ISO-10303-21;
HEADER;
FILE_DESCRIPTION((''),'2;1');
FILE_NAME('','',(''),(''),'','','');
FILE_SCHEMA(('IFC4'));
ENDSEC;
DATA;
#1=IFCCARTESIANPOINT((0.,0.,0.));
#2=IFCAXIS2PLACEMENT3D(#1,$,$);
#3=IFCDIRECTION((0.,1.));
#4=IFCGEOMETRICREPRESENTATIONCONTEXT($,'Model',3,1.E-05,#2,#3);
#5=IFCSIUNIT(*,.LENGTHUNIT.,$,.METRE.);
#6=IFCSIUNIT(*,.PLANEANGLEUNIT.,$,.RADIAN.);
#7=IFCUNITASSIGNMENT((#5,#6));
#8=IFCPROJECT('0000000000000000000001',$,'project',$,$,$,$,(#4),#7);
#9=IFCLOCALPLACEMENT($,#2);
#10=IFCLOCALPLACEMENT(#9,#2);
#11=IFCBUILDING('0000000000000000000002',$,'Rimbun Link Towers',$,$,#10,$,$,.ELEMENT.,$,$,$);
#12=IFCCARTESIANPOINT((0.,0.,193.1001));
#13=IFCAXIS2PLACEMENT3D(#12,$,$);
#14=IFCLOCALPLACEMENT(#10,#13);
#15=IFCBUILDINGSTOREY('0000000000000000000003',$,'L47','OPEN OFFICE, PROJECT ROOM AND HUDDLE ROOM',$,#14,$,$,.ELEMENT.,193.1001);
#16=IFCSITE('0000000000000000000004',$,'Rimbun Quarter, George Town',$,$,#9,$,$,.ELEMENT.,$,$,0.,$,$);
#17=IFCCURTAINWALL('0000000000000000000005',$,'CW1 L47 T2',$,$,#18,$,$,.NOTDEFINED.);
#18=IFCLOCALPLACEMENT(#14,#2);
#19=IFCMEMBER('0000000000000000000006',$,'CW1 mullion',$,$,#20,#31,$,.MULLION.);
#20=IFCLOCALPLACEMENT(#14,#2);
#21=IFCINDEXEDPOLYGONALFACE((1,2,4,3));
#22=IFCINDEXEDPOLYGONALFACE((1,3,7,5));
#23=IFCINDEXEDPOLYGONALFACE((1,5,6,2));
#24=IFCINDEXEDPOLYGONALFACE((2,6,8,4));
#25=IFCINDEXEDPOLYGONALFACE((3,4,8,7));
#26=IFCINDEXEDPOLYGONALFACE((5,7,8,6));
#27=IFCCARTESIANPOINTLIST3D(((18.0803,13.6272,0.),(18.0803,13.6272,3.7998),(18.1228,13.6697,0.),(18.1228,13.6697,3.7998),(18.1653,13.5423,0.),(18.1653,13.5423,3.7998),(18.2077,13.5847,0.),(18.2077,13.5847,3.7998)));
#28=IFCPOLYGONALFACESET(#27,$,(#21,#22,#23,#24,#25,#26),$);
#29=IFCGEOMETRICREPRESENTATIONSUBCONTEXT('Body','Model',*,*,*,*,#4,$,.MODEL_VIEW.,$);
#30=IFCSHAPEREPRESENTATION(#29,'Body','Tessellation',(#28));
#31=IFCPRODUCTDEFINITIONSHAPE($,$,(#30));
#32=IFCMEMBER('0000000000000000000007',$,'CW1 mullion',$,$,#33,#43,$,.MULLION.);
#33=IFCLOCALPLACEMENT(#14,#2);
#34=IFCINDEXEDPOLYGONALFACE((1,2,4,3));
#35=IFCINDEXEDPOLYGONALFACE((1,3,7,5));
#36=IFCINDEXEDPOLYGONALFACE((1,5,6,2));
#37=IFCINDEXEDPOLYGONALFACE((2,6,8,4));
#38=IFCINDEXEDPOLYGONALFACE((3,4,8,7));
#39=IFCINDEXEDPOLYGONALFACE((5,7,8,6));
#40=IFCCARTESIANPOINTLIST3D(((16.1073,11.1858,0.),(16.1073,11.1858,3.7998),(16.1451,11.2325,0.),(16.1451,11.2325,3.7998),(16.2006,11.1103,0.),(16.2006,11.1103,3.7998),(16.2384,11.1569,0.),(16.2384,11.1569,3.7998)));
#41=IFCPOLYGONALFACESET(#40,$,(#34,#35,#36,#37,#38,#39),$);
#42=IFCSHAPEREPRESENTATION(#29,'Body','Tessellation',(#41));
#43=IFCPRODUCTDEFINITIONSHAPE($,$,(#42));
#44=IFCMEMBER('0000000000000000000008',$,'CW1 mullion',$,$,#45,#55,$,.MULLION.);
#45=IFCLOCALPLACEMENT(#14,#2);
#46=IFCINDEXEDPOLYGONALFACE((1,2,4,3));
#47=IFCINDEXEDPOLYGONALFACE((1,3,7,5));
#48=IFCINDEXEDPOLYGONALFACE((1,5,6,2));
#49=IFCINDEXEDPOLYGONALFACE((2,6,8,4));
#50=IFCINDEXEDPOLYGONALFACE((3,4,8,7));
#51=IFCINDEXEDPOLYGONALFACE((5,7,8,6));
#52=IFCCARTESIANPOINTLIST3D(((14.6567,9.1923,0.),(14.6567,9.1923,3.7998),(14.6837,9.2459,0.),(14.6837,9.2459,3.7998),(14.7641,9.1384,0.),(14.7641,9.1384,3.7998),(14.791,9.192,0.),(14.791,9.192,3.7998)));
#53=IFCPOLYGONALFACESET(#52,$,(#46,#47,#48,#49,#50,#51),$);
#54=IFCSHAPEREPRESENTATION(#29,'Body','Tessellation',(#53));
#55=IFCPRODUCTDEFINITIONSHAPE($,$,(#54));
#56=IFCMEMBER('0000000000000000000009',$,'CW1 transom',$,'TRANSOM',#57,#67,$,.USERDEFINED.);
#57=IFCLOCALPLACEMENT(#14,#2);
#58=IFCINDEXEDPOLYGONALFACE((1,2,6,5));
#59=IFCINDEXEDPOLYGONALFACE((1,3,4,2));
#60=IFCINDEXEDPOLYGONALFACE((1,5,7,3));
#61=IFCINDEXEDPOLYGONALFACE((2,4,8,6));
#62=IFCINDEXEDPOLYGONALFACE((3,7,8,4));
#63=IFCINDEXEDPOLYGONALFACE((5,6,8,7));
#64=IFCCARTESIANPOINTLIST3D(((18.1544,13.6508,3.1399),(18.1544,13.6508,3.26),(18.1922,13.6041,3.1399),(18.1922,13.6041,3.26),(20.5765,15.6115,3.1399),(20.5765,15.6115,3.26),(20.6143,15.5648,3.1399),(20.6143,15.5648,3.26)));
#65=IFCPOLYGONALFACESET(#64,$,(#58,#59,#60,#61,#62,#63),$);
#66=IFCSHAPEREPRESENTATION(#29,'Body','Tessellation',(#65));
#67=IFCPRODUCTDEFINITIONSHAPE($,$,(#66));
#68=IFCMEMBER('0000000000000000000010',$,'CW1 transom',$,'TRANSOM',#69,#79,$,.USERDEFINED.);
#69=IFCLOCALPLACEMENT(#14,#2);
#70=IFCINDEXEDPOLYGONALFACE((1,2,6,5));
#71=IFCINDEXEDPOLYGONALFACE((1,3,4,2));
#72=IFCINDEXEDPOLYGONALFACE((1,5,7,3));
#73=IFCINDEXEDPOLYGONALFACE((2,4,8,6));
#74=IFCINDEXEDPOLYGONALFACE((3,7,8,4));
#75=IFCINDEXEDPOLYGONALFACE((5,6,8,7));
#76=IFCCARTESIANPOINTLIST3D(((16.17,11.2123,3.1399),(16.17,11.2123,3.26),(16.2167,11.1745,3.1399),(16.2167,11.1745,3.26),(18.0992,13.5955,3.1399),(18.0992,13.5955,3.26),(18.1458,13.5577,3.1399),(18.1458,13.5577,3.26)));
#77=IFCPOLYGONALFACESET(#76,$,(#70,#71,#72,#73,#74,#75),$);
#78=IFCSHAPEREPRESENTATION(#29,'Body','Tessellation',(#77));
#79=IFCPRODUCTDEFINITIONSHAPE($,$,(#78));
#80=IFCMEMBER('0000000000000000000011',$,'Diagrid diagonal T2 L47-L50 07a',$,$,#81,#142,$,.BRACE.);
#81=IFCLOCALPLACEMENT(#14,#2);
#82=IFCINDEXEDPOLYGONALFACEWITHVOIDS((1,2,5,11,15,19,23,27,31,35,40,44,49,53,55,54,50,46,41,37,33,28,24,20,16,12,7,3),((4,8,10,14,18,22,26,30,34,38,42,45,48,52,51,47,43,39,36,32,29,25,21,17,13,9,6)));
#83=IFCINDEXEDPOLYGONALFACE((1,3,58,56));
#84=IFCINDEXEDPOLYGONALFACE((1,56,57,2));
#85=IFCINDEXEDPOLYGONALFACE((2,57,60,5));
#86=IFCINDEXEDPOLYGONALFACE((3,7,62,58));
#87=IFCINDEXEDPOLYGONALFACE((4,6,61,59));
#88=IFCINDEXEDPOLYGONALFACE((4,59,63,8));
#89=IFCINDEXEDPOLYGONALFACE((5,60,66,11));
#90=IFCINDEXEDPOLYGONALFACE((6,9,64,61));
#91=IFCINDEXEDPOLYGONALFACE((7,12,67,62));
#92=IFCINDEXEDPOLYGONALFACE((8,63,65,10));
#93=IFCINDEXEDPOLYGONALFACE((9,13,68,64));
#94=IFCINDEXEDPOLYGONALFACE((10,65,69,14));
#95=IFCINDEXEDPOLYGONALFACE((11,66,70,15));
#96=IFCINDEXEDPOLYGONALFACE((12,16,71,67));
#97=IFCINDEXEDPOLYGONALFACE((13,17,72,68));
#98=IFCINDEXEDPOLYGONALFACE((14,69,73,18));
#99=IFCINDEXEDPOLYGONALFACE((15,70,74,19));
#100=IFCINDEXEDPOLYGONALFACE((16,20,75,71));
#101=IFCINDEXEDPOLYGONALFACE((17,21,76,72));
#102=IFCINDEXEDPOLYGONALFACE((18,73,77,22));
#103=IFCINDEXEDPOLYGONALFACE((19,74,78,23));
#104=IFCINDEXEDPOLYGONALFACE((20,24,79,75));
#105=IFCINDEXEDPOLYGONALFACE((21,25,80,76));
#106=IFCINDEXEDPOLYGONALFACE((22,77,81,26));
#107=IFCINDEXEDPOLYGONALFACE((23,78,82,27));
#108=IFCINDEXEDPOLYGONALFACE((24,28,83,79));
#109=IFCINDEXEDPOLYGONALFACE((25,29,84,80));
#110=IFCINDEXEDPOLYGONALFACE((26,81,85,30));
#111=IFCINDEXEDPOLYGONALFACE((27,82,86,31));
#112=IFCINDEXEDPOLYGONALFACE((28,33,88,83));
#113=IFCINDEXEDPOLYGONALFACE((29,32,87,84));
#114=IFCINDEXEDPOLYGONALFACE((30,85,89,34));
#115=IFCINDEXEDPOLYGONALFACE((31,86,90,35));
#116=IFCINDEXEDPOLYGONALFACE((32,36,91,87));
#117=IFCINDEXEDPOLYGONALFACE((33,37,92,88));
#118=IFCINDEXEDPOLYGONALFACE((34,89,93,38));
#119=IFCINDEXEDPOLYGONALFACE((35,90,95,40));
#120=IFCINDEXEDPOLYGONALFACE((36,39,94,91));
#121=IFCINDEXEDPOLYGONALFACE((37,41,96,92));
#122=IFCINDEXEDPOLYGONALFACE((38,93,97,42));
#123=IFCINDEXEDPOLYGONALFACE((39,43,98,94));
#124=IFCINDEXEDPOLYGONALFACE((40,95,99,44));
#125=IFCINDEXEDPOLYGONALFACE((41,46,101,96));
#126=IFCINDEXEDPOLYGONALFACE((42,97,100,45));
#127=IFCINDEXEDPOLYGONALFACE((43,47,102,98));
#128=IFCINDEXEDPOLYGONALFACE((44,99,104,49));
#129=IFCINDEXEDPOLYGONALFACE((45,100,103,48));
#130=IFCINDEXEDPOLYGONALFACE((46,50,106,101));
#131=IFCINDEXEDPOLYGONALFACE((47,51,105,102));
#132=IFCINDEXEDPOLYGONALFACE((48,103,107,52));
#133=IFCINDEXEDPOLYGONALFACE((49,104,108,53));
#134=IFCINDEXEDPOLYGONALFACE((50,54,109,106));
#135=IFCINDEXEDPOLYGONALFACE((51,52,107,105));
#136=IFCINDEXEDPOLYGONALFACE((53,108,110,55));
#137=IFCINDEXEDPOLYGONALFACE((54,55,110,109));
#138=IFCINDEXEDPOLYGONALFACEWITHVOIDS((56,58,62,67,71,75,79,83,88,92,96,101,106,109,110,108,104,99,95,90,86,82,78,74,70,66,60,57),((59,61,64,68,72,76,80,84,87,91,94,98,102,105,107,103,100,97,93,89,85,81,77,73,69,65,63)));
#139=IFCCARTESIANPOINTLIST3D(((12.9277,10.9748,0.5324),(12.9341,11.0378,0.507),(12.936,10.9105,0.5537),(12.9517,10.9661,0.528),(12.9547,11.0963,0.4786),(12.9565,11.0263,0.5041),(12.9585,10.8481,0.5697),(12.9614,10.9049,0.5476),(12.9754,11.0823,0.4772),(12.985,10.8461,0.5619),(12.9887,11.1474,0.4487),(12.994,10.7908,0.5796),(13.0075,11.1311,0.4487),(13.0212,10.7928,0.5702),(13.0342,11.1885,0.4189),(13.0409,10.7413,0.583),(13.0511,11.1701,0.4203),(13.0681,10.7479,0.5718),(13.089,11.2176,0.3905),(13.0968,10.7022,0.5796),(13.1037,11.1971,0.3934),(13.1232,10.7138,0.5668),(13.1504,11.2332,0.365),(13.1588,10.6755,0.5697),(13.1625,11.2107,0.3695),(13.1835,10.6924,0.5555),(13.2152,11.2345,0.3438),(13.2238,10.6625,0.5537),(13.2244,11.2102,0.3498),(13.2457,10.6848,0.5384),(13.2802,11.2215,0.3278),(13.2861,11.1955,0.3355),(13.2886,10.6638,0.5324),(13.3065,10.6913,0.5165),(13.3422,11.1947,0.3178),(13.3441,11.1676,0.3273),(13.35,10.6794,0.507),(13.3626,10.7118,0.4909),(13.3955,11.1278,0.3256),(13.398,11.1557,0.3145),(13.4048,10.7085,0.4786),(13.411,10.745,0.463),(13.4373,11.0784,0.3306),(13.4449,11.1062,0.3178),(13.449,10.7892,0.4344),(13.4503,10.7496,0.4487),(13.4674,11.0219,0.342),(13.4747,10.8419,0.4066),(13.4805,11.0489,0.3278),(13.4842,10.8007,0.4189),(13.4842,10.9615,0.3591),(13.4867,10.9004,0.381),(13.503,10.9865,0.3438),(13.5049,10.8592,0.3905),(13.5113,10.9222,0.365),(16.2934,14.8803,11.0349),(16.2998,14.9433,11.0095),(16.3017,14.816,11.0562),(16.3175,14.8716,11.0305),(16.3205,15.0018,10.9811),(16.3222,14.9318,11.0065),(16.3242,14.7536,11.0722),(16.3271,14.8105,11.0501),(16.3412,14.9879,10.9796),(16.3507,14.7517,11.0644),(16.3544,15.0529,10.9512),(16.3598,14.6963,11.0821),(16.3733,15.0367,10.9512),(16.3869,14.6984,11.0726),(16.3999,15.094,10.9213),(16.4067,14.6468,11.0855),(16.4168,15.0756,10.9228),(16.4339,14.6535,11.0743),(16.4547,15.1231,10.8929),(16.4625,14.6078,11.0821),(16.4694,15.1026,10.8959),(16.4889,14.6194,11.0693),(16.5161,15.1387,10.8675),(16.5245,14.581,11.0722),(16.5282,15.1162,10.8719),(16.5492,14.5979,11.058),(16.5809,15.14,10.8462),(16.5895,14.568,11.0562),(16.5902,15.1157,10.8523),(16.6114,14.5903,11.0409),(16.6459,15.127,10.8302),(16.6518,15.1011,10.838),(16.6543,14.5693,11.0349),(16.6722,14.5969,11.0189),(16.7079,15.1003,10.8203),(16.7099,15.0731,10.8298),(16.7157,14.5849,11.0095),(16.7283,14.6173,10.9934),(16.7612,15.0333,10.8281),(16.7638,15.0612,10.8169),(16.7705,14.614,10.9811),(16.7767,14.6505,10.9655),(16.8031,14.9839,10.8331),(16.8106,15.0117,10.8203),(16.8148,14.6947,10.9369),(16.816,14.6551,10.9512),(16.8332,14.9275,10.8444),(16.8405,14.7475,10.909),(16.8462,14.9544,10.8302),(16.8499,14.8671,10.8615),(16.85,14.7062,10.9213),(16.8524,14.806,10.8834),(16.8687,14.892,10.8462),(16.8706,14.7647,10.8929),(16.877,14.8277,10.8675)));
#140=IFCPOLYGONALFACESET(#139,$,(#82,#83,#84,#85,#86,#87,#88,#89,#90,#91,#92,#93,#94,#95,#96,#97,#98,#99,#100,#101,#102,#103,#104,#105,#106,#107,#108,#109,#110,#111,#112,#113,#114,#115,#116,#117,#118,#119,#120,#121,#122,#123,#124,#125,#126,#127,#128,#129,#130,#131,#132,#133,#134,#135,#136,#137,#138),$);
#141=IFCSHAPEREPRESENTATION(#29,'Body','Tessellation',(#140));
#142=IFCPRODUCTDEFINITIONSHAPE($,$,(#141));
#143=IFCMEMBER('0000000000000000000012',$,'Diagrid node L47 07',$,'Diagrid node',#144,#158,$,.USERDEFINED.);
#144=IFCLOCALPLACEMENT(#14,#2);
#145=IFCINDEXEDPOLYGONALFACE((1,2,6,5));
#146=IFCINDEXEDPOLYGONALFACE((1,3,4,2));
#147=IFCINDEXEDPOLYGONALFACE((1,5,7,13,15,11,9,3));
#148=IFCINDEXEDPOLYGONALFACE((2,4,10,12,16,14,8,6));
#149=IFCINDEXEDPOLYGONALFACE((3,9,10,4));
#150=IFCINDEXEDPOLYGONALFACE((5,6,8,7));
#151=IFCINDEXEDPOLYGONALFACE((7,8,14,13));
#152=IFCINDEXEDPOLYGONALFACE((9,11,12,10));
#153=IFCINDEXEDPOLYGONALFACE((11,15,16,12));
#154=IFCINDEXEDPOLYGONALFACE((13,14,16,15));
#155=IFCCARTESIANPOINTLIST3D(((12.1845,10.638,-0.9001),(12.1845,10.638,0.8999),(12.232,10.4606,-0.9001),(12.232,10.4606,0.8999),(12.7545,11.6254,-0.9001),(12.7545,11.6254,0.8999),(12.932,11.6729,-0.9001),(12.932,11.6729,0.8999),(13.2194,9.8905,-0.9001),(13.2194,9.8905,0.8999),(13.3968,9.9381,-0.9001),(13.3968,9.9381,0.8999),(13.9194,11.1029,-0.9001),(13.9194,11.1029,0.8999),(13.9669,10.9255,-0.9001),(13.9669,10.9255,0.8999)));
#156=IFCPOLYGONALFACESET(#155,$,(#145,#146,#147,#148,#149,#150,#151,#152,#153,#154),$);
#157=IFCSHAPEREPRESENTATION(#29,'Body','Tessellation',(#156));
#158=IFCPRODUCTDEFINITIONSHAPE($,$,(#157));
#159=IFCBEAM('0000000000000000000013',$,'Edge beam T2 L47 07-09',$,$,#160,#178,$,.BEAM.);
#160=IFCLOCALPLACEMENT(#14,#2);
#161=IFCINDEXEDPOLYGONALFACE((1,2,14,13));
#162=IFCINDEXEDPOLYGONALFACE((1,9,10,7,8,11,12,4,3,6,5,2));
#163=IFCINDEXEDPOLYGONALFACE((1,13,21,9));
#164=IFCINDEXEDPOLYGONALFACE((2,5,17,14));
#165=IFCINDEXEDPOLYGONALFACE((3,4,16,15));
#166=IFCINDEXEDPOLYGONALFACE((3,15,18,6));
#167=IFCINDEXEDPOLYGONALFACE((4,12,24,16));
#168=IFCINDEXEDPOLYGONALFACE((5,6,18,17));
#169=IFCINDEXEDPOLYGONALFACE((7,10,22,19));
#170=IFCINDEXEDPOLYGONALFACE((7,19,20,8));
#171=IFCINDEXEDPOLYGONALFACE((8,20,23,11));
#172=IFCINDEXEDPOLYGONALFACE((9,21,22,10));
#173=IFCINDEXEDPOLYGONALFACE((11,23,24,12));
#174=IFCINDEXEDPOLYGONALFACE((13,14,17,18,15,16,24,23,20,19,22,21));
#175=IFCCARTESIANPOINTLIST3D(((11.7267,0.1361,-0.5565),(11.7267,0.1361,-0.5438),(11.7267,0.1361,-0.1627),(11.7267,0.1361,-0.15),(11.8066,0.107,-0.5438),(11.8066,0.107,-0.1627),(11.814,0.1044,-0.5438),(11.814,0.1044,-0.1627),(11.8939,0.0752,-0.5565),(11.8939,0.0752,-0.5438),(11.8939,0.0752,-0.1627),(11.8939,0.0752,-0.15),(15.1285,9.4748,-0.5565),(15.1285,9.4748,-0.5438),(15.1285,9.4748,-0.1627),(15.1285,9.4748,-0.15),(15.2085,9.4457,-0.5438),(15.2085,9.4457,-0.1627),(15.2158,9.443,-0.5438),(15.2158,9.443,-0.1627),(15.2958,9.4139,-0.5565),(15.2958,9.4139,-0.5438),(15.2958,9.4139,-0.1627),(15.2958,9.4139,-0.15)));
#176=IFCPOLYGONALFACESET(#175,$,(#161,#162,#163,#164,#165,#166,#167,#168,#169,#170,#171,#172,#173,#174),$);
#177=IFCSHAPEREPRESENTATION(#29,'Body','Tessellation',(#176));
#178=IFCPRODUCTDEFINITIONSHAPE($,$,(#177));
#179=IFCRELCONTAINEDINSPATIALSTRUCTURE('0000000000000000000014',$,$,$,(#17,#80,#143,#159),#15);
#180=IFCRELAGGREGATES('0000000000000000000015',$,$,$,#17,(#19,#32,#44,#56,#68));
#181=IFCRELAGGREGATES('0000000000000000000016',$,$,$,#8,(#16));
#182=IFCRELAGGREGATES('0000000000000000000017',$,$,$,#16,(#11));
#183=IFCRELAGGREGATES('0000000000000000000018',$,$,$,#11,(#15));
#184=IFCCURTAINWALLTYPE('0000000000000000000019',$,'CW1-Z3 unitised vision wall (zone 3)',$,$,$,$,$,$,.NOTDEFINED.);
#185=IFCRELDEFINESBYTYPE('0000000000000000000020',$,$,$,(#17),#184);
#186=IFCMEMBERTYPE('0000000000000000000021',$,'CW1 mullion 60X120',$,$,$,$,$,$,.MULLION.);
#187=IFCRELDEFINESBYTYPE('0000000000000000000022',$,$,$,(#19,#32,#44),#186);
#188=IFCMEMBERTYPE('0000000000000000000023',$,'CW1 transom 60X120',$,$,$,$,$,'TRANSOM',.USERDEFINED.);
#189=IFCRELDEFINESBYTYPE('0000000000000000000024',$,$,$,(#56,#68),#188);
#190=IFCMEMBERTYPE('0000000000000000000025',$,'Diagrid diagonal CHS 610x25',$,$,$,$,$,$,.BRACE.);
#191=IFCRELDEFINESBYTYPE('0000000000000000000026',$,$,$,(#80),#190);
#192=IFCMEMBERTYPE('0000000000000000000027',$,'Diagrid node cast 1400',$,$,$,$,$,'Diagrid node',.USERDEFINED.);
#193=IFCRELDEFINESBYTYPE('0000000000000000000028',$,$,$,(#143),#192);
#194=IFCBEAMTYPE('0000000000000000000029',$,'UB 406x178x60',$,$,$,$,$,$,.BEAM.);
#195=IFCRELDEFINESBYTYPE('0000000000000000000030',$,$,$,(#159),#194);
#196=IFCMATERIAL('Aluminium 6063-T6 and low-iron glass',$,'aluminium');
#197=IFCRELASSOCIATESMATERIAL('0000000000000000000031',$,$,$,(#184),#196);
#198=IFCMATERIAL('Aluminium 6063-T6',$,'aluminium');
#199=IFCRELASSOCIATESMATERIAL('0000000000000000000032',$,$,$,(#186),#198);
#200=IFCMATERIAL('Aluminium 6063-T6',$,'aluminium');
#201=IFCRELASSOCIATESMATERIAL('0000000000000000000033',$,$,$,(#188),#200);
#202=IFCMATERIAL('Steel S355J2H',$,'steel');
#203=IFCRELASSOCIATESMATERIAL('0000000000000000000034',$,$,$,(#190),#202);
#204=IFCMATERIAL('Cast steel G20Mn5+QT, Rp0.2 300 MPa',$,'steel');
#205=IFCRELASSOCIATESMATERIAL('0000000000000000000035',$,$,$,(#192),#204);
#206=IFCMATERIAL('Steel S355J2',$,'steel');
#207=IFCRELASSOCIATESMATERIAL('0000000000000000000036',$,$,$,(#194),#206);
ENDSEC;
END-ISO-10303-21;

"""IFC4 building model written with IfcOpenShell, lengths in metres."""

from ifc_helpers import new_model, si_unit, direction, frame, origin, origin_2d, place, context, subcontext, project, spatial, polyline, rectangle, hollow_circle, i_section, outline, extrude, material, material_profile, profile_set, type_object, element, aggregate, save


model = new_model("IFC4")

# Units and contexts
model_context = context("Model", 3, precision=1e-05, world=origin(), true_north=direction((0.0, 1.0)))
body_context = subcontext(model_context, "Body", "Model", "MODEL_VIEW")
ifc_project = project(units=[si_unit("LENGTHUNIT", "METRE"), si_unit("PLANEANGLEUNIT", "RADIAN")], contexts=[model_context])

# Site, building, storey
site_placement = place(None, origin())
site = spatial("IfcSite", under=ifc_project, at=site_placement, Name="Rimbun Quarter, George Town", CompositionType="ELEMENT", RefElevation=0.0)
building_placement = place(site_placement, origin())
building = spatial("IfcBuilding", under=site, at=building_placement, Name="Rimbun Link Towers", CompositionType="ELEMENT")
storey_placement = place(building_placement, frame((0.0, 0.0, 193.1001)))
storey = spatial("IfcBuildingStorey", under=building, at=storey_placement, Name="L47", Description="OPEN OFFICE, PROJECT ROOM AND HUDDLE ROOM", CompositionType="ELEMENT", Elevation=193.1001)

# Curtain wall, members
ifc_material_1 = material(Name="Aluminium 6063-T6 and low-iron glass", Category="aluminium")
curtain_wall_type = type_object("IfcCurtainWallType", Name="CW1-Z3 unitised vision wall (zone 3)", PredefinedType="NOTDEFINED", material=ifc_material_1)
curtain_wall_placement = place(storey_placement, origin())
curtain_wall = element("IfcCurtainWall", 1, at=curtain_wall_placement, inside=storey, type_object=curtain_wall_type, Name="CW1 L47 T2", PredefinedType="NOTDEFINED")
ifc_material_2 = material(Name="Aluminium 6063-T6", Category="aluminium")
ifc_material_profile_1 = material_profile(ifc_material_2, rectangle(XDim=0.1201, YDim=0.0601, at=origin_2d()), Name="MULLION 60X120")
ifc_profile_set_1 = profile_set([ifc_material_profile_1], Name="Aluminium 6063-T6")
member_type_1 = type_object("IfcMemberType", Name="CW1 mullion 60X120", PredefinedType="MULLION", material=ifc_profile_set_1)
member_1_placement = place(storey_placement, frame((18.144, 13.606, 0.0), z_axis=(0.0, 0.0, 1.0), x_axis=(-0.707107, 0.707107, 0.0)))
member_1 = element("IfcMember", 2, at=member_1_placement, type_object=member_type_1, Name="CW1 mullion", PredefinedType="MULLION", context=body_context, shape_type="SweptSolid", body=[
    extrude(rectangle(XDim=0.1201, YDim=0.0601, at=origin_2d()), origin(), (0.0, 0.0, 1.0), 3.7998),
])
member_2_placement = place(storey_placement, frame((16.1729, 11.1714, 0.0), z_axis=(0.0, 0.0, 1.0), x_axis=(-0.777279, 0.629156, 0.0)))
member_2 = element("IfcMember", 3, at=member_2_placement, type_object=member_type_1, Name="CW1 mullion", PredefinedType="MULLION", context=body_context, shape_type="SweptSolid", body=[
    extrude(rectangle(XDim=0.1201, YDim=0.0601, at=origin_2d()), origin(), (0.0, 0.0, 1.0), 3.7998),
])
member_3_placement = place(storey_placement, frame((14.7239, 9.1921, 0.0), z_axis=(0.0, 0.0, 1.0), x_axis=(-0.893646, 0.448772, 0.0)))
member_3 = element("IfcMember", 4, at=member_3_placement, type_object=member_type_1, Name="CW1 mullion", PredefinedType="MULLION", context=body_context, shape_type="SweptSolid", body=[
    extrude(rectangle(XDim=0.1201, YDim=0.0601, at=origin_2d()), origin(), (0.0, 0.0, 1.0), 3.7998),
])
ifc_material_3 = material(Name="Aluminium 6063-T6", Category="aluminium")
ifc_material_profile_2 = material_profile(ifc_material_3, rectangle(XDim=0.0601, YDim=0.1201, at=origin_2d()), Name="TRANSOM 60X120")
ifc_profile_set_2 = profile_set([ifc_material_profile_2], Name="Aluminium 6063-T6")
member_type_2 = type_object("IfcMemberType", Name="CW1 transom 60X120", ElementType="TRANSOM", PredefinedType="USERDEFINED", material=ifc_profile_set_2)
member_4_placement = place(storey_placement, frame((18.1733, 13.6274, 3.2), z_axis=(0.777256, 0.629185, 0.0), x_axis=(-0.629185, 0.777256, 0.0)))
member_4 = element("IfcMember", 5, at=member_4_placement, type_object=member_type_2, Name="CW1 transom", ObjectType="TRANSOM", PredefinedType="USERDEFINED", context=body_context, shape_type="SweptSolid", body=[
    extrude(rectangle(XDim=0.0601, YDim=0.1201, at=origin_2d()), origin(), (0.0, 0.0, 1.0), 3.1162),
])
member_5_placement = place(storey_placement, frame((16.1934, 11.1934, 3.2), z_axis=(0.629171, 0.777267, 0.0), x_axis=(-0.777267, 0.629171, 0.0)))
member_5 = element("IfcMember", 6, at=member_5_placement, type_object=member_type_2, Name="CW1 transom", ObjectType="TRANSOM", PredefinedType="USERDEFINED", context=body_context, shape_type="SweptSolid", body=[
    extrude(rectangle(XDim=0.0601, YDim=0.1201, at=origin_2d()), origin(), (0.0, 0.0, 1.0), 3.0662),
])

# Members
ifc_material_4 = material(Name="Steel S355J2H", Category="steel")
ifc_material_profile_3 = material_profile(ifc_material_4, hollow_circle(Radius=0.3047, WallThickness=0.0249, at=origin_2d()), Name="Diagrid diagonal CHS 610x25")
ifc_profile_set_3 = profile_set([ifc_material_profile_3], Name="Steel S355J2H")
member_type_3 = type_object("IfcMemberType", Name="Diagrid diagonal CHS 610x25", PredefinedType="BRACE", material=ifc_profile_set_3)
member_6_placement = place(storey_placement, frame((13.2195, 10.9485, 0.4487), z_axis=(0.287677, 0.333814, 0.897669), x_axis=(-0.757516, 0.652817, 0.0)))
element("IfcMember", 7, at=member_6_placement, inside=storey, type_object=member_type_3, Name="Diagrid diagonal T2 L47-L50 07a", PredefinedType="BRACE", context=body_context, shape_type="SweptSolid", body=[
    extrude(hollow_circle(Radius=0.3047, WallThickness=0.0249, at=origin_2d()), origin(), (0.0, 0.0, 1.0), 11.6997),
])
ifc_material_5 = material(Name="Cast steel G20Mn5+QT, Rp0.2 300 MPa", Category="steel")
ifc_material_profile_4 = material_profile(ifc_material_5, outline(polyline([(0.7, -0.5701), (0.7, 0.5701), (0.5701, 0.7), (-0.5701, 0.7), (-0.7, 0.5701), (-0.7, -0.5701), (-0.5701, -0.7), (0.5701, -0.7), (0.7, -0.5701)])), Name="NODE 1400x1400")
ifc_profile_set_4 = profile_set([ifc_material_profile_4], Name="Cast steel G20Mn5+QT, Rp0.2 300 MPa")
member_type_4 = type_object("IfcMemberType", Name="Diagrid node cast 1400", ElementType="Diagrid node", PredefinedType="USERDEFINED", material=ifc_profile_set_4)
member_7_placement = place(storey_placement, frame((13.0757, 10.7817, -0.9001), z_axis=(0.0, 0.0, 1.0), x_axis=(-0.866025, 0.5, 0.0)))
element("IfcMember", 8, at=member_7_placement, inside=storey, type_object=member_type_4, Name="Diagrid node L47 07", ObjectType="Diagrid node", PredefinedType="USERDEFINED", context=body_context, shape_type="SweptSolid", body=[
    extrude(outline(polyline([(0.7, -0.5701), (0.7, 0.5701), (0.5701, 0.7), (-0.5701, 0.7), (-0.7, 0.5701), (-0.7, -0.5701), (-0.5701, -0.7), (0.5701, -0.7), (0.7, -0.5701)])), origin(), (0.0, 0.0, 1.0), 1.8),
])

# Beam
ifc_material_6 = material(Name="Steel S355J2", Category="steel")
ifc_material_profile_5 = material_profile(ifc_material_6, i_section(OverallWidth=0.178, OverallDepth=0.4065, WebThickness=0.0078, FlangeThickness=0.0127, at=origin_2d()), Name="UB 406x178x60")
ifc_profile_set_5 = profile_set([ifc_material_profile_5], Name="Steel S355J2")
beam_type = type_object("IfcBeamType", Name="UB 406x178x60", PredefinedType="BEAM", material=ifc_profile_set_5)
beam_placement = place(storey_placement, frame((15.2122, 9.4443, -0.3533), z_axis=(-0.342276, -0.9396, 0.0), x_axis=(0.9396, -0.342276, 0.0)))
element("IfcBeam", 9, at=beam_placement, inside=storey, type_object=beam_type, Name="Edge beam T2 L47 07-09", PredefinedType="BEAM", context=body_context, shape_type="SweptSolid", body=[
    extrude(i_section(OverallWidth=0.178, OverallDepth=0.4065, WebThickness=0.0078, FlangeThickness=0.0127, at=origin_2d()), origin(), (0.0, 0.0, 1.0), 9.939),
])

aggregate(curtain_wall, [member_1, member_2, member_3, member_4, member_5])

save(model, "model.ifc")
